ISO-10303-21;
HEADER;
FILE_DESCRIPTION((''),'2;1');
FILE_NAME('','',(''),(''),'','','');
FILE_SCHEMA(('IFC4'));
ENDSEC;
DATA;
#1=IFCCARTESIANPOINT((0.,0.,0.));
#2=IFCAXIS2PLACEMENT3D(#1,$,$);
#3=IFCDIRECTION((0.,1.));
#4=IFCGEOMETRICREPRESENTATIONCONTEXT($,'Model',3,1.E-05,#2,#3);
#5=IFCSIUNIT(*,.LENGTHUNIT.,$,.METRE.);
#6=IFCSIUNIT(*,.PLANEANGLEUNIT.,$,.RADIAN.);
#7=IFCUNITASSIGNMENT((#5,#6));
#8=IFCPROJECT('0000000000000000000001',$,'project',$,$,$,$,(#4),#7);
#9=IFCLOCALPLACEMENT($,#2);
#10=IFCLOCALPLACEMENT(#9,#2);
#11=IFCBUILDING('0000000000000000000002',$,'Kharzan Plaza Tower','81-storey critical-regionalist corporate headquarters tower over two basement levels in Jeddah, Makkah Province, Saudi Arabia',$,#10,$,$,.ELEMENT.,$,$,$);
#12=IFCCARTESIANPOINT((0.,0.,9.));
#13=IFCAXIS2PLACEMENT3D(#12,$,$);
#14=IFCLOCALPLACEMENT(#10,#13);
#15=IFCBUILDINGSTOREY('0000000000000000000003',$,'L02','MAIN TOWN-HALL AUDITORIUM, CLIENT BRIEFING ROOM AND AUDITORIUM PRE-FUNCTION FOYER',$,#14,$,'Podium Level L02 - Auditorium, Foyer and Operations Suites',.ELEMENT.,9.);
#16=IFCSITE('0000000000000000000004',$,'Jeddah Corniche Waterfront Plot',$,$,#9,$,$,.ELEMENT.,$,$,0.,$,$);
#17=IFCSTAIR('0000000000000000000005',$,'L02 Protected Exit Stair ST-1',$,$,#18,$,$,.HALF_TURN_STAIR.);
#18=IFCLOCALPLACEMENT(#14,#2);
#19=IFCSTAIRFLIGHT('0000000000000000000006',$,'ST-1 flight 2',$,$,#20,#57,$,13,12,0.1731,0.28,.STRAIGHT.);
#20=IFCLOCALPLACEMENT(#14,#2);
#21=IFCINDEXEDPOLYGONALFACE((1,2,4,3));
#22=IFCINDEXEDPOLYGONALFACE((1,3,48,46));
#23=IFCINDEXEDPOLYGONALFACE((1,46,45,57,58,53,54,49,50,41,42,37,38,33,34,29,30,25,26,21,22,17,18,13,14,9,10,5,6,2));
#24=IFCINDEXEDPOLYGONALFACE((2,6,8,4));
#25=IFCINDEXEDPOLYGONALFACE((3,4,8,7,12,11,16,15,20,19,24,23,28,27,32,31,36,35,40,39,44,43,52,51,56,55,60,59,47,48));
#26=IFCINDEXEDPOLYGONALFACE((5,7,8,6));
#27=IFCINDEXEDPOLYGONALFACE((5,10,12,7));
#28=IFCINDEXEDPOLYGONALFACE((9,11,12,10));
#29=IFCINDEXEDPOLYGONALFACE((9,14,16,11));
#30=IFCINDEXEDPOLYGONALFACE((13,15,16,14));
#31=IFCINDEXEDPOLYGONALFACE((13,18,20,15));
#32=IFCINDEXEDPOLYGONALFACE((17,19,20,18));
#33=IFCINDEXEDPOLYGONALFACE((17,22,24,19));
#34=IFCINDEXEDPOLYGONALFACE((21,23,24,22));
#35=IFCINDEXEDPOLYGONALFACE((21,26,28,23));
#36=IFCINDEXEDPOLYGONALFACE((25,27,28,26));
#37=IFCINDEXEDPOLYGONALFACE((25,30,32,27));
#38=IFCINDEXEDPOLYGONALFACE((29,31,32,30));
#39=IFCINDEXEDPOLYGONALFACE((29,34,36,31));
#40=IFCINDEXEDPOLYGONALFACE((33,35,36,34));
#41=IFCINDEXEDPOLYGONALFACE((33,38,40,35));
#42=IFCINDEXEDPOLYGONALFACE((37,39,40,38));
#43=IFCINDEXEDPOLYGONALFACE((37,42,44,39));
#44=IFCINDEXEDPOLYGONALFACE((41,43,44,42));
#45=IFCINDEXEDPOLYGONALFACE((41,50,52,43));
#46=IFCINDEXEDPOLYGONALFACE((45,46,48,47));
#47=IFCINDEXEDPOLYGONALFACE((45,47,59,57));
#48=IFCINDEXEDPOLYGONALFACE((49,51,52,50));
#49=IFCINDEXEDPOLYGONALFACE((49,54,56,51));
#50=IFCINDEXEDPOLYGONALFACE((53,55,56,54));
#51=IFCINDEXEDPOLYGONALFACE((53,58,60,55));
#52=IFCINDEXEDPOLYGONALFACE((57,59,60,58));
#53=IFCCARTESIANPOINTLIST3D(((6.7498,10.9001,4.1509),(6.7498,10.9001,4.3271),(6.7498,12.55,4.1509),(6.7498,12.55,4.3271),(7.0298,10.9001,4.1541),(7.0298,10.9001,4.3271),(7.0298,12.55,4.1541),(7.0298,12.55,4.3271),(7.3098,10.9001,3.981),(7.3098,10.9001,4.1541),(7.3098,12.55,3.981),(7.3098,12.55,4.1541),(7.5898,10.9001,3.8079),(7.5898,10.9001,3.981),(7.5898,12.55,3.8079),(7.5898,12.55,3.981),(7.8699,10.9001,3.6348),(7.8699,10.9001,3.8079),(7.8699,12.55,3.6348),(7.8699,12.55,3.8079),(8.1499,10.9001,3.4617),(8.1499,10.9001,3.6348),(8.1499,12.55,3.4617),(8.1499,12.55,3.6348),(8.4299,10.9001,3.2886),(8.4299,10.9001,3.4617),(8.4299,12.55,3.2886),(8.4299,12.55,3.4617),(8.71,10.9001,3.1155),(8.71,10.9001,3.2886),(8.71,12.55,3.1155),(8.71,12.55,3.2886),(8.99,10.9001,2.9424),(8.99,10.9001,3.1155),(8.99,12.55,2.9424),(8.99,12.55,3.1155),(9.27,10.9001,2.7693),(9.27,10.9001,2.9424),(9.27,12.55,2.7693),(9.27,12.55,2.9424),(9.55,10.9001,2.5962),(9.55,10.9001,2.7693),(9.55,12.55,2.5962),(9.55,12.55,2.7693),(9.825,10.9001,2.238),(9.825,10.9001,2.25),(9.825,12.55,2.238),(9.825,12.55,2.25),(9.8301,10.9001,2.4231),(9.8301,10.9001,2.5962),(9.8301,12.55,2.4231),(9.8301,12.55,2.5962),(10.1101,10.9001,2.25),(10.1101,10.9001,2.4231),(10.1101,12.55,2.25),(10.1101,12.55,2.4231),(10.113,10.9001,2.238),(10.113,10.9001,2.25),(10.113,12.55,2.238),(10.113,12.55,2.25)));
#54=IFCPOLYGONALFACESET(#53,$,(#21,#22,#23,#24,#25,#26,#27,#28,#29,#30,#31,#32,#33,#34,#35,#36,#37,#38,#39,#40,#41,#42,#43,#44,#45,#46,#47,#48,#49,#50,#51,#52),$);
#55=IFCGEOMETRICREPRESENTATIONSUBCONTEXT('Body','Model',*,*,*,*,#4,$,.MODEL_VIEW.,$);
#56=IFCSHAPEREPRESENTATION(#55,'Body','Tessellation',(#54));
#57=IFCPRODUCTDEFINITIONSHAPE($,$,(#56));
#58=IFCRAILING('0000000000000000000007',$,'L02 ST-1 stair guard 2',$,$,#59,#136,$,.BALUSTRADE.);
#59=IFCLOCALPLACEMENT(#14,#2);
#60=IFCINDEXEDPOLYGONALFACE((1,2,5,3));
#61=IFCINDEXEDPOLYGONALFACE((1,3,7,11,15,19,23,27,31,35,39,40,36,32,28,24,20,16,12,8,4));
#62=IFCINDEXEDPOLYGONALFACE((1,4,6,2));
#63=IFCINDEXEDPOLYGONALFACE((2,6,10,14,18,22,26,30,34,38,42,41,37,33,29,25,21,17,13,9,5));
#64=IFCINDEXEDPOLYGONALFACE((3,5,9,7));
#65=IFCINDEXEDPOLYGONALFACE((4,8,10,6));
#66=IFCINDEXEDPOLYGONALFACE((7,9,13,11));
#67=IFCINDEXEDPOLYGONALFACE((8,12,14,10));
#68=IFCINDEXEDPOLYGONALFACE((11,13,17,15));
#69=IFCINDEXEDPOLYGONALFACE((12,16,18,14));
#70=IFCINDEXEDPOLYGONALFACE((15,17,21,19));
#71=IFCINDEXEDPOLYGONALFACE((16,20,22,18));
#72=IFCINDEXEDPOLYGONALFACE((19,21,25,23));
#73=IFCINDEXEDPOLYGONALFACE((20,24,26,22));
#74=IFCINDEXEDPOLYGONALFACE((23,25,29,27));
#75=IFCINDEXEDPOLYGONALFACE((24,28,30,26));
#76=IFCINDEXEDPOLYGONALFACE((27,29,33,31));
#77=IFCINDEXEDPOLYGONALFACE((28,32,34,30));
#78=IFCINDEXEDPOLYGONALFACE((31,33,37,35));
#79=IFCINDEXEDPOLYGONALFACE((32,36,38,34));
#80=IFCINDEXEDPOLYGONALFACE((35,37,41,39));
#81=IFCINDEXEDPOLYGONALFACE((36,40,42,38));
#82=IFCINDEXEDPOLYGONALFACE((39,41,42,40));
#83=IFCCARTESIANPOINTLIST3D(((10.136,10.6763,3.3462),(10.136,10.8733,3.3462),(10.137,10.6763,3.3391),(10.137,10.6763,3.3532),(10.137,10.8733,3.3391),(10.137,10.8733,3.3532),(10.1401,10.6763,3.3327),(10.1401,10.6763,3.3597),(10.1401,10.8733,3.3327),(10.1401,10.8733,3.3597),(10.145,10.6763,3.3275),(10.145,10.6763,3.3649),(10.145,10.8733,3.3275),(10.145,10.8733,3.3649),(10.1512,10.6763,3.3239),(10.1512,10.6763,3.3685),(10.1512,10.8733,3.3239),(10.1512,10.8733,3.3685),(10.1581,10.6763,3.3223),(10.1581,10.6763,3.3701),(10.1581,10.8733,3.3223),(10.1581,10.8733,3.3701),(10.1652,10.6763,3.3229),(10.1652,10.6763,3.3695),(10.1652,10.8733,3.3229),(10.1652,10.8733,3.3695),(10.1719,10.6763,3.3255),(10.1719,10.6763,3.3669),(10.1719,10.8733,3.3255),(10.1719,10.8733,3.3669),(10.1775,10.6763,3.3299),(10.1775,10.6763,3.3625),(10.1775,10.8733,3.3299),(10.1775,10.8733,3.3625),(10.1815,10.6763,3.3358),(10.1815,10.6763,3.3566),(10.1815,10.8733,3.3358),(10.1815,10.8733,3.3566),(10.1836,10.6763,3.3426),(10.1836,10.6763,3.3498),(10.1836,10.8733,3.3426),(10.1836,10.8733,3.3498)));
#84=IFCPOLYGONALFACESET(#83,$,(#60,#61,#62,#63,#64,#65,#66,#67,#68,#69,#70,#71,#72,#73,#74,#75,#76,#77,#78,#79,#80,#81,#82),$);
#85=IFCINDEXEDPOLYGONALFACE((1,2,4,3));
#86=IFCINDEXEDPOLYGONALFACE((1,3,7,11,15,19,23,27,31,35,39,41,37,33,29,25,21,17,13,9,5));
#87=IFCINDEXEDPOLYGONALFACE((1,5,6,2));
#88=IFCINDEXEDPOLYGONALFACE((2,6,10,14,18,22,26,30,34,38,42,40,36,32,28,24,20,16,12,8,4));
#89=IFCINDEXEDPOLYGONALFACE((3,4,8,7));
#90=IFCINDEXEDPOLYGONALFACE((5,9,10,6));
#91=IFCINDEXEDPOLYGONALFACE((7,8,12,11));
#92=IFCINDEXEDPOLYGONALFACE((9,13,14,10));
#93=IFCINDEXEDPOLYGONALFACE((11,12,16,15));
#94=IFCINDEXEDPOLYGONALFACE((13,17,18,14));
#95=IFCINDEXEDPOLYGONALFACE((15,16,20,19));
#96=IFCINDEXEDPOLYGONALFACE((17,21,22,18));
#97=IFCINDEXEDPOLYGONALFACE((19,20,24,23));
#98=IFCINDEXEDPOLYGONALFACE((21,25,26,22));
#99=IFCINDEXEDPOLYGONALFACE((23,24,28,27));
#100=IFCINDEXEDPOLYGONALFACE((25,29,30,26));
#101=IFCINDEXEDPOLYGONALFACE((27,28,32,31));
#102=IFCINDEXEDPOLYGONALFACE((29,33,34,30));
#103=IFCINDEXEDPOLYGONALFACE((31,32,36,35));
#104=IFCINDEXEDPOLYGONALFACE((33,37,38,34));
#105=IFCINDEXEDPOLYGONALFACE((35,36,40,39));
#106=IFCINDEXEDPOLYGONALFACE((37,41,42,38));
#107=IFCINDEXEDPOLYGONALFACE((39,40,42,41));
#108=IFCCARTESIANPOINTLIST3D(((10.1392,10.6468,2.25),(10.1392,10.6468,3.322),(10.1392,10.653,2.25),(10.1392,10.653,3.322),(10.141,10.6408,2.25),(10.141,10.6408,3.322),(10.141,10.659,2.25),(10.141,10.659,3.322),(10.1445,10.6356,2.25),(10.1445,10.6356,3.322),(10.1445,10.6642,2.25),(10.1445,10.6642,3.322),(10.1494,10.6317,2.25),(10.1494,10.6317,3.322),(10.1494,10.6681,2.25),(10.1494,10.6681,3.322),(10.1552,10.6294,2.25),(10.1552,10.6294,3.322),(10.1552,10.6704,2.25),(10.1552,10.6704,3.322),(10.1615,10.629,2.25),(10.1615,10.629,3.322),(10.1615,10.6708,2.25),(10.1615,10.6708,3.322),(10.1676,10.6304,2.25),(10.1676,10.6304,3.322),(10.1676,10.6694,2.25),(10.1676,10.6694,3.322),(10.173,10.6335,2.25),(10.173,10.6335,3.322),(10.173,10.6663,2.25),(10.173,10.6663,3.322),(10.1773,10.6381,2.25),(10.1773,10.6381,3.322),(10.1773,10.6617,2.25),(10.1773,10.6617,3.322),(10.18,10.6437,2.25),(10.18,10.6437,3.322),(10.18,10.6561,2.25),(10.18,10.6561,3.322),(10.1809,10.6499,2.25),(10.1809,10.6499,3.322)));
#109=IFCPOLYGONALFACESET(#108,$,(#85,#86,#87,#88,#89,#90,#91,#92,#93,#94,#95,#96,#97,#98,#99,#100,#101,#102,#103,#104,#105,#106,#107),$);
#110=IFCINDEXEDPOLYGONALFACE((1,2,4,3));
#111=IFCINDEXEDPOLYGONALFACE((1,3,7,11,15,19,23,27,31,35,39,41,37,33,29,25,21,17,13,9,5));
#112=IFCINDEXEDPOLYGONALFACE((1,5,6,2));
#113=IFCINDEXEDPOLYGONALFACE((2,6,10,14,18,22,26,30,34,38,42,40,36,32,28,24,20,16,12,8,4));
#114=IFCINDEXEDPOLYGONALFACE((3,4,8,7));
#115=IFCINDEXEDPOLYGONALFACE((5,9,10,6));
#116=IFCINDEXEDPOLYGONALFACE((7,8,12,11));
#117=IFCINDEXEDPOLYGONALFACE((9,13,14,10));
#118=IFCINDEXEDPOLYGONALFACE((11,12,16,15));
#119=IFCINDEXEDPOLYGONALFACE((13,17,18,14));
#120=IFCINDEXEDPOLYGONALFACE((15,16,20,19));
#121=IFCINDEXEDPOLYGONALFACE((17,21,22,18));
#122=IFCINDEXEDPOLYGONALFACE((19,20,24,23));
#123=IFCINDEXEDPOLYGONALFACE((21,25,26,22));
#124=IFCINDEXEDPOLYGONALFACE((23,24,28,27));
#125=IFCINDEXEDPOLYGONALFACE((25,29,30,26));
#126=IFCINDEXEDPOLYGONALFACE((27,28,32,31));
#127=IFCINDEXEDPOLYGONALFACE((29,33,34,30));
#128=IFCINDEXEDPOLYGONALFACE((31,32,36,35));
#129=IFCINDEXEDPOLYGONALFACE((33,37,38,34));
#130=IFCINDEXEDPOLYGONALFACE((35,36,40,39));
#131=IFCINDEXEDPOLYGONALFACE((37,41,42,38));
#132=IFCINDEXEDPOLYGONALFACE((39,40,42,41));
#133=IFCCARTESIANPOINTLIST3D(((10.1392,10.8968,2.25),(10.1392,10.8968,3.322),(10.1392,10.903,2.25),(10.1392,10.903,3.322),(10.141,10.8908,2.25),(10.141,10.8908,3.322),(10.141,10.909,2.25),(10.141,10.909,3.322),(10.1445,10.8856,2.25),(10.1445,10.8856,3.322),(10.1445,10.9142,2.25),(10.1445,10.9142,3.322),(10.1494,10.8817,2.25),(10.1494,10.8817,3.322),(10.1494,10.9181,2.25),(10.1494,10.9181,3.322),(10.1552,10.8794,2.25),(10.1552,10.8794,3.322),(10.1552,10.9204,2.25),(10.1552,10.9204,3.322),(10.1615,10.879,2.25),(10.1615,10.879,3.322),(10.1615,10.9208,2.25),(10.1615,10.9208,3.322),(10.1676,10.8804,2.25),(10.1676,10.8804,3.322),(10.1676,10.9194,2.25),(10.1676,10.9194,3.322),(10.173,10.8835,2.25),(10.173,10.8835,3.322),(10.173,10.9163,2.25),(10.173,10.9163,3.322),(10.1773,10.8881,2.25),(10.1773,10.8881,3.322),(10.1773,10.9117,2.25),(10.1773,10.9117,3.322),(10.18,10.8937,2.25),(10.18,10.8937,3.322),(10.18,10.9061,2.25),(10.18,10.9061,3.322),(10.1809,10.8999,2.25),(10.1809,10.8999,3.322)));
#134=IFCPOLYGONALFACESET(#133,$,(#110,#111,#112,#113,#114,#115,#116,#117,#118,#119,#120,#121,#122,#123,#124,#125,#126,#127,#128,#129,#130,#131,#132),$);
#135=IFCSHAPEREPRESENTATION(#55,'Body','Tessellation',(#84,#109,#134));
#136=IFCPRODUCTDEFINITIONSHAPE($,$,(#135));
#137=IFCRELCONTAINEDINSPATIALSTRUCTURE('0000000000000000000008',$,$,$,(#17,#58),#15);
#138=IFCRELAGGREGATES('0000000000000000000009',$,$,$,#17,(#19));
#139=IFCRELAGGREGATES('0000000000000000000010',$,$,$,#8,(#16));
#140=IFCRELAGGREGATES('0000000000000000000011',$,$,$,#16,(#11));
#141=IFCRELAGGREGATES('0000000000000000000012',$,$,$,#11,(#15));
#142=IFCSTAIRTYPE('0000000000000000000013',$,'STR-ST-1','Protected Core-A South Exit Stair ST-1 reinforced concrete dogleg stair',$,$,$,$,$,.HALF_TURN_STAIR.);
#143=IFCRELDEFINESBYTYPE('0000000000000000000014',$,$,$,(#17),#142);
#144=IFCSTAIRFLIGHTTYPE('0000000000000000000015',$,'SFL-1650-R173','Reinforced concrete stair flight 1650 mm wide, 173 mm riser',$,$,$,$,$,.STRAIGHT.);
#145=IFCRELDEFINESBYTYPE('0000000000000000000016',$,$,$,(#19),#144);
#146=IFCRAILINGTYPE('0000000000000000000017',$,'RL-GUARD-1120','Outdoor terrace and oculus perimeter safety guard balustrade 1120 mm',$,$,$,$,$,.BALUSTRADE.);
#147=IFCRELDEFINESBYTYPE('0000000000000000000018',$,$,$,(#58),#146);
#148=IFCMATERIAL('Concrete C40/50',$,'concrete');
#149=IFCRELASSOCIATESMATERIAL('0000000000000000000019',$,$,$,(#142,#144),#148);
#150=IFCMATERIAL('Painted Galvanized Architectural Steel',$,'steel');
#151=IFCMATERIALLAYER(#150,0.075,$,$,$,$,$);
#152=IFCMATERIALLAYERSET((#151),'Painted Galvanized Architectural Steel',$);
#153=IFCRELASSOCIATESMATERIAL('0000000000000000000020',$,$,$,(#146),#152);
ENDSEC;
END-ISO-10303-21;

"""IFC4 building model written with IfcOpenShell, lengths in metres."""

from ifc_helpers import new_model, si_unit, direction, frame, origin, origin_2d, place, context, subcontext, project, spatial, polyline, circle, outline, extrude, source, transform, mapped, material, layer, layer_set, type_object, element, aggregate, save


model = new_model("IFC4")

# Units and contexts
model_context = context("Model", 3, precision=1e-05, world=origin(), true_north=direction((0.0, 1.0)))
body_context = subcontext(model_context, "Body", "Model", "MODEL_VIEW")
ifc_project = project(units=[si_unit("LENGTHUNIT", "METRE"), si_unit("PLANEANGLEUNIT", "RADIAN")], contexts=[model_context])

# Site, building, storey
site_placement = place(None, origin())
site = spatial("IfcSite", under=ifc_project, at=site_placement, Name="Jeddah Corniche Waterfront Plot", CompositionType="ELEMENT", RefElevation=0.0)
building_placement = place(site_placement, origin())
building = spatial("IfcBuilding", under=site, at=building_placement, Name="Kharzan Plaza Tower", Description="81-storey critical-regionalist corporate headquarters tower over two basement levels in Jeddah, Makkah Province, Saudi Arabia", CompositionType="ELEMENT")
storey_placement = place(building_placement, frame((0.0, 0.0, 9.0)))
storey = spatial("IfcBuildingStorey", under=building, at=storey_placement, Name="L02", Description="MAIN TOWN-HALL AUDITORIUM, CLIENT BRIEFING ROOM AND AUDITORIUM PRE-FUNCTION FOYER", LongName="Podium Level L02 - Auditorium, Foyer and Operations Suites", CompositionType="ELEMENT", Elevation=9.0)

# Shared definitions
ifc_material_1 = material(Name="Concrete C40/50", Category="concrete")

# Stair, stair flight
stair_type = type_object("IfcStairType", Name="STR-ST-1", Description="Protected Core-A South Exit Stair ST-1 reinforced concrete dogleg stair", PredefinedType="HALF_TURN_STAIR", material=ifc_material_1)
stair_placement = place(storey_placement, origin())
stair = element("IfcStair", 1, at=stair_placement, inside=storey, type_object=stair_type, Name="L02 Protected Exit Stair ST-1", PredefinedType="HALF_TURN_STAIR")
stair_flight_type = type_object("IfcStairFlightType", Name="SFL-1650-R173", Description="Reinforced concrete stair flight 1650 mm wide, 173 mm riser", PredefinedType="STRAIGHT", material=ifc_material_1)
shared_shape_1 = source(origin(), body_context, "Body", "SweptSolid", [
    extrude(outline(polyline([(-0.0029, -0.012), (-0.0029, 0.0), (0.0, 0.0), (0.0, 0.1731), (0.28, 0.1731), (0.28, 0.3462), (0.5601, 0.3462), (0.5601, 0.5193), (0.8401, 0.5193), (0.8401, 0.6924), (1.1201, 0.6924), (1.1201, 0.8655), (1.4001, 0.8655), (1.4001, 1.0386), (1.6802, 1.0386), (1.6802, 1.2117), (1.9602, 1.2117), (1.9602, 1.3848), (2.2402, 1.3848), (2.2402, 1.5579), (2.5203, 1.5579), (2.5203, 1.731), (2.8003, 1.731), (2.8003, 1.9041), (3.0803, 1.9041), (3.0803, 2.0771), (3.3604, 2.0771), (3.3604, 2.2502), (3.3604, 1.9009), (0.2852, 0.0), (0.2852, -0.012), (-0.0029, -0.012)])), frame((0.0, 0.825, 0.0), z_axis=(0.0, -1.0, 0.0), x_axis=(1.0, 0.0, 0.0)), (0.0, 0.0, 1.0), 1.6499),
])
stair_flight_placement = place(storey_placement, frame((10.1101, 11.7251, 2.25), z_axis=(0.0, 0.0, 1.0), x_axis=(-1.0, 0.0, 0.0)))
stair_flight = element("IfcStairFlight", 2, at=stair_flight_placement, type_object=stair_flight_type, Name="ST-1 flight 2", NumberOfRisers=13, NumberOfTreads=12, PredefinedType="STRAIGHT", RiserHeight=0.1731, TreadLength=0.28, context=body_context, shape_type="MappedRepresentation", body=[
    mapped(shared_shape_1, transform((0.0, 0.0, 0.0), x_axis=(1.0, 0.0, 0.0), y_axis=(0.0, 1.0, 0.0), z_axis=(0.0, 0.0, 1.0))),
])
aggregate(stair, [stair_flight])

# Railing
ifc_material_2 = material(Name="Painted Galvanized Architectural Steel", Category="steel")
ifc_layer_1 = layer(ifc_material_2, 0.075)
ifc_layer_set_1 = layer_set([ifc_layer_1], Name="Painted Galvanized Architectural Steel")
railing_type_1 = type_object("IfcRailingType", Name="RL-GUARD-1120", Description="Outdoor terrace and oculus perimeter safety guard balustrade 1120 mm", PredefinedType="BALUSTRADE", material=ifc_layer_set_1)
shared_shape_2 = source(origin(), body_context, "Body", "SweptSolid", [
    extrude(circle(Radius=0.0239, at=origin_2d()), frame((0.0, 0.0264, 1.0962), z_axis=(0.0, 1.0, 0.0), x_axis=(-1.0, 0.0, 0.0)), (0.0, 0.0, 1.0), 0.197),
    extrude(circle(Radius=0.021, at=origin_2d()), origin(), (0.0, 0.0, 1.0), 1.072),
    extrude(circle(Radius=0.021, at=origin_2d()), frame((0.0, 0.25, 0.0)), (0.0, 0.0, 1.0), 1.072),
])
railing_1_placement = place(storey_placement, frame((10.1599, 10.6499, 2.25)))
element("IfcRailing", 3, at=railing_1_placement, inside=storey, type_object=railing_type_1, Name="L02 ST-1 stair guard 2", PredefinedType="BALUSTRADE", context=body_context, shape_type="MappedRepresentation", body=[
    mapped(shared_shape_2, transform((0.0, 0.0, 0.0), x_axis=(1.0, 0.0, 0.0), y_axis=(0.0, 1.0, 0.0), z_axis=(0.0, 0.0, 1.0))),
])

save(model, "model.ifc")
